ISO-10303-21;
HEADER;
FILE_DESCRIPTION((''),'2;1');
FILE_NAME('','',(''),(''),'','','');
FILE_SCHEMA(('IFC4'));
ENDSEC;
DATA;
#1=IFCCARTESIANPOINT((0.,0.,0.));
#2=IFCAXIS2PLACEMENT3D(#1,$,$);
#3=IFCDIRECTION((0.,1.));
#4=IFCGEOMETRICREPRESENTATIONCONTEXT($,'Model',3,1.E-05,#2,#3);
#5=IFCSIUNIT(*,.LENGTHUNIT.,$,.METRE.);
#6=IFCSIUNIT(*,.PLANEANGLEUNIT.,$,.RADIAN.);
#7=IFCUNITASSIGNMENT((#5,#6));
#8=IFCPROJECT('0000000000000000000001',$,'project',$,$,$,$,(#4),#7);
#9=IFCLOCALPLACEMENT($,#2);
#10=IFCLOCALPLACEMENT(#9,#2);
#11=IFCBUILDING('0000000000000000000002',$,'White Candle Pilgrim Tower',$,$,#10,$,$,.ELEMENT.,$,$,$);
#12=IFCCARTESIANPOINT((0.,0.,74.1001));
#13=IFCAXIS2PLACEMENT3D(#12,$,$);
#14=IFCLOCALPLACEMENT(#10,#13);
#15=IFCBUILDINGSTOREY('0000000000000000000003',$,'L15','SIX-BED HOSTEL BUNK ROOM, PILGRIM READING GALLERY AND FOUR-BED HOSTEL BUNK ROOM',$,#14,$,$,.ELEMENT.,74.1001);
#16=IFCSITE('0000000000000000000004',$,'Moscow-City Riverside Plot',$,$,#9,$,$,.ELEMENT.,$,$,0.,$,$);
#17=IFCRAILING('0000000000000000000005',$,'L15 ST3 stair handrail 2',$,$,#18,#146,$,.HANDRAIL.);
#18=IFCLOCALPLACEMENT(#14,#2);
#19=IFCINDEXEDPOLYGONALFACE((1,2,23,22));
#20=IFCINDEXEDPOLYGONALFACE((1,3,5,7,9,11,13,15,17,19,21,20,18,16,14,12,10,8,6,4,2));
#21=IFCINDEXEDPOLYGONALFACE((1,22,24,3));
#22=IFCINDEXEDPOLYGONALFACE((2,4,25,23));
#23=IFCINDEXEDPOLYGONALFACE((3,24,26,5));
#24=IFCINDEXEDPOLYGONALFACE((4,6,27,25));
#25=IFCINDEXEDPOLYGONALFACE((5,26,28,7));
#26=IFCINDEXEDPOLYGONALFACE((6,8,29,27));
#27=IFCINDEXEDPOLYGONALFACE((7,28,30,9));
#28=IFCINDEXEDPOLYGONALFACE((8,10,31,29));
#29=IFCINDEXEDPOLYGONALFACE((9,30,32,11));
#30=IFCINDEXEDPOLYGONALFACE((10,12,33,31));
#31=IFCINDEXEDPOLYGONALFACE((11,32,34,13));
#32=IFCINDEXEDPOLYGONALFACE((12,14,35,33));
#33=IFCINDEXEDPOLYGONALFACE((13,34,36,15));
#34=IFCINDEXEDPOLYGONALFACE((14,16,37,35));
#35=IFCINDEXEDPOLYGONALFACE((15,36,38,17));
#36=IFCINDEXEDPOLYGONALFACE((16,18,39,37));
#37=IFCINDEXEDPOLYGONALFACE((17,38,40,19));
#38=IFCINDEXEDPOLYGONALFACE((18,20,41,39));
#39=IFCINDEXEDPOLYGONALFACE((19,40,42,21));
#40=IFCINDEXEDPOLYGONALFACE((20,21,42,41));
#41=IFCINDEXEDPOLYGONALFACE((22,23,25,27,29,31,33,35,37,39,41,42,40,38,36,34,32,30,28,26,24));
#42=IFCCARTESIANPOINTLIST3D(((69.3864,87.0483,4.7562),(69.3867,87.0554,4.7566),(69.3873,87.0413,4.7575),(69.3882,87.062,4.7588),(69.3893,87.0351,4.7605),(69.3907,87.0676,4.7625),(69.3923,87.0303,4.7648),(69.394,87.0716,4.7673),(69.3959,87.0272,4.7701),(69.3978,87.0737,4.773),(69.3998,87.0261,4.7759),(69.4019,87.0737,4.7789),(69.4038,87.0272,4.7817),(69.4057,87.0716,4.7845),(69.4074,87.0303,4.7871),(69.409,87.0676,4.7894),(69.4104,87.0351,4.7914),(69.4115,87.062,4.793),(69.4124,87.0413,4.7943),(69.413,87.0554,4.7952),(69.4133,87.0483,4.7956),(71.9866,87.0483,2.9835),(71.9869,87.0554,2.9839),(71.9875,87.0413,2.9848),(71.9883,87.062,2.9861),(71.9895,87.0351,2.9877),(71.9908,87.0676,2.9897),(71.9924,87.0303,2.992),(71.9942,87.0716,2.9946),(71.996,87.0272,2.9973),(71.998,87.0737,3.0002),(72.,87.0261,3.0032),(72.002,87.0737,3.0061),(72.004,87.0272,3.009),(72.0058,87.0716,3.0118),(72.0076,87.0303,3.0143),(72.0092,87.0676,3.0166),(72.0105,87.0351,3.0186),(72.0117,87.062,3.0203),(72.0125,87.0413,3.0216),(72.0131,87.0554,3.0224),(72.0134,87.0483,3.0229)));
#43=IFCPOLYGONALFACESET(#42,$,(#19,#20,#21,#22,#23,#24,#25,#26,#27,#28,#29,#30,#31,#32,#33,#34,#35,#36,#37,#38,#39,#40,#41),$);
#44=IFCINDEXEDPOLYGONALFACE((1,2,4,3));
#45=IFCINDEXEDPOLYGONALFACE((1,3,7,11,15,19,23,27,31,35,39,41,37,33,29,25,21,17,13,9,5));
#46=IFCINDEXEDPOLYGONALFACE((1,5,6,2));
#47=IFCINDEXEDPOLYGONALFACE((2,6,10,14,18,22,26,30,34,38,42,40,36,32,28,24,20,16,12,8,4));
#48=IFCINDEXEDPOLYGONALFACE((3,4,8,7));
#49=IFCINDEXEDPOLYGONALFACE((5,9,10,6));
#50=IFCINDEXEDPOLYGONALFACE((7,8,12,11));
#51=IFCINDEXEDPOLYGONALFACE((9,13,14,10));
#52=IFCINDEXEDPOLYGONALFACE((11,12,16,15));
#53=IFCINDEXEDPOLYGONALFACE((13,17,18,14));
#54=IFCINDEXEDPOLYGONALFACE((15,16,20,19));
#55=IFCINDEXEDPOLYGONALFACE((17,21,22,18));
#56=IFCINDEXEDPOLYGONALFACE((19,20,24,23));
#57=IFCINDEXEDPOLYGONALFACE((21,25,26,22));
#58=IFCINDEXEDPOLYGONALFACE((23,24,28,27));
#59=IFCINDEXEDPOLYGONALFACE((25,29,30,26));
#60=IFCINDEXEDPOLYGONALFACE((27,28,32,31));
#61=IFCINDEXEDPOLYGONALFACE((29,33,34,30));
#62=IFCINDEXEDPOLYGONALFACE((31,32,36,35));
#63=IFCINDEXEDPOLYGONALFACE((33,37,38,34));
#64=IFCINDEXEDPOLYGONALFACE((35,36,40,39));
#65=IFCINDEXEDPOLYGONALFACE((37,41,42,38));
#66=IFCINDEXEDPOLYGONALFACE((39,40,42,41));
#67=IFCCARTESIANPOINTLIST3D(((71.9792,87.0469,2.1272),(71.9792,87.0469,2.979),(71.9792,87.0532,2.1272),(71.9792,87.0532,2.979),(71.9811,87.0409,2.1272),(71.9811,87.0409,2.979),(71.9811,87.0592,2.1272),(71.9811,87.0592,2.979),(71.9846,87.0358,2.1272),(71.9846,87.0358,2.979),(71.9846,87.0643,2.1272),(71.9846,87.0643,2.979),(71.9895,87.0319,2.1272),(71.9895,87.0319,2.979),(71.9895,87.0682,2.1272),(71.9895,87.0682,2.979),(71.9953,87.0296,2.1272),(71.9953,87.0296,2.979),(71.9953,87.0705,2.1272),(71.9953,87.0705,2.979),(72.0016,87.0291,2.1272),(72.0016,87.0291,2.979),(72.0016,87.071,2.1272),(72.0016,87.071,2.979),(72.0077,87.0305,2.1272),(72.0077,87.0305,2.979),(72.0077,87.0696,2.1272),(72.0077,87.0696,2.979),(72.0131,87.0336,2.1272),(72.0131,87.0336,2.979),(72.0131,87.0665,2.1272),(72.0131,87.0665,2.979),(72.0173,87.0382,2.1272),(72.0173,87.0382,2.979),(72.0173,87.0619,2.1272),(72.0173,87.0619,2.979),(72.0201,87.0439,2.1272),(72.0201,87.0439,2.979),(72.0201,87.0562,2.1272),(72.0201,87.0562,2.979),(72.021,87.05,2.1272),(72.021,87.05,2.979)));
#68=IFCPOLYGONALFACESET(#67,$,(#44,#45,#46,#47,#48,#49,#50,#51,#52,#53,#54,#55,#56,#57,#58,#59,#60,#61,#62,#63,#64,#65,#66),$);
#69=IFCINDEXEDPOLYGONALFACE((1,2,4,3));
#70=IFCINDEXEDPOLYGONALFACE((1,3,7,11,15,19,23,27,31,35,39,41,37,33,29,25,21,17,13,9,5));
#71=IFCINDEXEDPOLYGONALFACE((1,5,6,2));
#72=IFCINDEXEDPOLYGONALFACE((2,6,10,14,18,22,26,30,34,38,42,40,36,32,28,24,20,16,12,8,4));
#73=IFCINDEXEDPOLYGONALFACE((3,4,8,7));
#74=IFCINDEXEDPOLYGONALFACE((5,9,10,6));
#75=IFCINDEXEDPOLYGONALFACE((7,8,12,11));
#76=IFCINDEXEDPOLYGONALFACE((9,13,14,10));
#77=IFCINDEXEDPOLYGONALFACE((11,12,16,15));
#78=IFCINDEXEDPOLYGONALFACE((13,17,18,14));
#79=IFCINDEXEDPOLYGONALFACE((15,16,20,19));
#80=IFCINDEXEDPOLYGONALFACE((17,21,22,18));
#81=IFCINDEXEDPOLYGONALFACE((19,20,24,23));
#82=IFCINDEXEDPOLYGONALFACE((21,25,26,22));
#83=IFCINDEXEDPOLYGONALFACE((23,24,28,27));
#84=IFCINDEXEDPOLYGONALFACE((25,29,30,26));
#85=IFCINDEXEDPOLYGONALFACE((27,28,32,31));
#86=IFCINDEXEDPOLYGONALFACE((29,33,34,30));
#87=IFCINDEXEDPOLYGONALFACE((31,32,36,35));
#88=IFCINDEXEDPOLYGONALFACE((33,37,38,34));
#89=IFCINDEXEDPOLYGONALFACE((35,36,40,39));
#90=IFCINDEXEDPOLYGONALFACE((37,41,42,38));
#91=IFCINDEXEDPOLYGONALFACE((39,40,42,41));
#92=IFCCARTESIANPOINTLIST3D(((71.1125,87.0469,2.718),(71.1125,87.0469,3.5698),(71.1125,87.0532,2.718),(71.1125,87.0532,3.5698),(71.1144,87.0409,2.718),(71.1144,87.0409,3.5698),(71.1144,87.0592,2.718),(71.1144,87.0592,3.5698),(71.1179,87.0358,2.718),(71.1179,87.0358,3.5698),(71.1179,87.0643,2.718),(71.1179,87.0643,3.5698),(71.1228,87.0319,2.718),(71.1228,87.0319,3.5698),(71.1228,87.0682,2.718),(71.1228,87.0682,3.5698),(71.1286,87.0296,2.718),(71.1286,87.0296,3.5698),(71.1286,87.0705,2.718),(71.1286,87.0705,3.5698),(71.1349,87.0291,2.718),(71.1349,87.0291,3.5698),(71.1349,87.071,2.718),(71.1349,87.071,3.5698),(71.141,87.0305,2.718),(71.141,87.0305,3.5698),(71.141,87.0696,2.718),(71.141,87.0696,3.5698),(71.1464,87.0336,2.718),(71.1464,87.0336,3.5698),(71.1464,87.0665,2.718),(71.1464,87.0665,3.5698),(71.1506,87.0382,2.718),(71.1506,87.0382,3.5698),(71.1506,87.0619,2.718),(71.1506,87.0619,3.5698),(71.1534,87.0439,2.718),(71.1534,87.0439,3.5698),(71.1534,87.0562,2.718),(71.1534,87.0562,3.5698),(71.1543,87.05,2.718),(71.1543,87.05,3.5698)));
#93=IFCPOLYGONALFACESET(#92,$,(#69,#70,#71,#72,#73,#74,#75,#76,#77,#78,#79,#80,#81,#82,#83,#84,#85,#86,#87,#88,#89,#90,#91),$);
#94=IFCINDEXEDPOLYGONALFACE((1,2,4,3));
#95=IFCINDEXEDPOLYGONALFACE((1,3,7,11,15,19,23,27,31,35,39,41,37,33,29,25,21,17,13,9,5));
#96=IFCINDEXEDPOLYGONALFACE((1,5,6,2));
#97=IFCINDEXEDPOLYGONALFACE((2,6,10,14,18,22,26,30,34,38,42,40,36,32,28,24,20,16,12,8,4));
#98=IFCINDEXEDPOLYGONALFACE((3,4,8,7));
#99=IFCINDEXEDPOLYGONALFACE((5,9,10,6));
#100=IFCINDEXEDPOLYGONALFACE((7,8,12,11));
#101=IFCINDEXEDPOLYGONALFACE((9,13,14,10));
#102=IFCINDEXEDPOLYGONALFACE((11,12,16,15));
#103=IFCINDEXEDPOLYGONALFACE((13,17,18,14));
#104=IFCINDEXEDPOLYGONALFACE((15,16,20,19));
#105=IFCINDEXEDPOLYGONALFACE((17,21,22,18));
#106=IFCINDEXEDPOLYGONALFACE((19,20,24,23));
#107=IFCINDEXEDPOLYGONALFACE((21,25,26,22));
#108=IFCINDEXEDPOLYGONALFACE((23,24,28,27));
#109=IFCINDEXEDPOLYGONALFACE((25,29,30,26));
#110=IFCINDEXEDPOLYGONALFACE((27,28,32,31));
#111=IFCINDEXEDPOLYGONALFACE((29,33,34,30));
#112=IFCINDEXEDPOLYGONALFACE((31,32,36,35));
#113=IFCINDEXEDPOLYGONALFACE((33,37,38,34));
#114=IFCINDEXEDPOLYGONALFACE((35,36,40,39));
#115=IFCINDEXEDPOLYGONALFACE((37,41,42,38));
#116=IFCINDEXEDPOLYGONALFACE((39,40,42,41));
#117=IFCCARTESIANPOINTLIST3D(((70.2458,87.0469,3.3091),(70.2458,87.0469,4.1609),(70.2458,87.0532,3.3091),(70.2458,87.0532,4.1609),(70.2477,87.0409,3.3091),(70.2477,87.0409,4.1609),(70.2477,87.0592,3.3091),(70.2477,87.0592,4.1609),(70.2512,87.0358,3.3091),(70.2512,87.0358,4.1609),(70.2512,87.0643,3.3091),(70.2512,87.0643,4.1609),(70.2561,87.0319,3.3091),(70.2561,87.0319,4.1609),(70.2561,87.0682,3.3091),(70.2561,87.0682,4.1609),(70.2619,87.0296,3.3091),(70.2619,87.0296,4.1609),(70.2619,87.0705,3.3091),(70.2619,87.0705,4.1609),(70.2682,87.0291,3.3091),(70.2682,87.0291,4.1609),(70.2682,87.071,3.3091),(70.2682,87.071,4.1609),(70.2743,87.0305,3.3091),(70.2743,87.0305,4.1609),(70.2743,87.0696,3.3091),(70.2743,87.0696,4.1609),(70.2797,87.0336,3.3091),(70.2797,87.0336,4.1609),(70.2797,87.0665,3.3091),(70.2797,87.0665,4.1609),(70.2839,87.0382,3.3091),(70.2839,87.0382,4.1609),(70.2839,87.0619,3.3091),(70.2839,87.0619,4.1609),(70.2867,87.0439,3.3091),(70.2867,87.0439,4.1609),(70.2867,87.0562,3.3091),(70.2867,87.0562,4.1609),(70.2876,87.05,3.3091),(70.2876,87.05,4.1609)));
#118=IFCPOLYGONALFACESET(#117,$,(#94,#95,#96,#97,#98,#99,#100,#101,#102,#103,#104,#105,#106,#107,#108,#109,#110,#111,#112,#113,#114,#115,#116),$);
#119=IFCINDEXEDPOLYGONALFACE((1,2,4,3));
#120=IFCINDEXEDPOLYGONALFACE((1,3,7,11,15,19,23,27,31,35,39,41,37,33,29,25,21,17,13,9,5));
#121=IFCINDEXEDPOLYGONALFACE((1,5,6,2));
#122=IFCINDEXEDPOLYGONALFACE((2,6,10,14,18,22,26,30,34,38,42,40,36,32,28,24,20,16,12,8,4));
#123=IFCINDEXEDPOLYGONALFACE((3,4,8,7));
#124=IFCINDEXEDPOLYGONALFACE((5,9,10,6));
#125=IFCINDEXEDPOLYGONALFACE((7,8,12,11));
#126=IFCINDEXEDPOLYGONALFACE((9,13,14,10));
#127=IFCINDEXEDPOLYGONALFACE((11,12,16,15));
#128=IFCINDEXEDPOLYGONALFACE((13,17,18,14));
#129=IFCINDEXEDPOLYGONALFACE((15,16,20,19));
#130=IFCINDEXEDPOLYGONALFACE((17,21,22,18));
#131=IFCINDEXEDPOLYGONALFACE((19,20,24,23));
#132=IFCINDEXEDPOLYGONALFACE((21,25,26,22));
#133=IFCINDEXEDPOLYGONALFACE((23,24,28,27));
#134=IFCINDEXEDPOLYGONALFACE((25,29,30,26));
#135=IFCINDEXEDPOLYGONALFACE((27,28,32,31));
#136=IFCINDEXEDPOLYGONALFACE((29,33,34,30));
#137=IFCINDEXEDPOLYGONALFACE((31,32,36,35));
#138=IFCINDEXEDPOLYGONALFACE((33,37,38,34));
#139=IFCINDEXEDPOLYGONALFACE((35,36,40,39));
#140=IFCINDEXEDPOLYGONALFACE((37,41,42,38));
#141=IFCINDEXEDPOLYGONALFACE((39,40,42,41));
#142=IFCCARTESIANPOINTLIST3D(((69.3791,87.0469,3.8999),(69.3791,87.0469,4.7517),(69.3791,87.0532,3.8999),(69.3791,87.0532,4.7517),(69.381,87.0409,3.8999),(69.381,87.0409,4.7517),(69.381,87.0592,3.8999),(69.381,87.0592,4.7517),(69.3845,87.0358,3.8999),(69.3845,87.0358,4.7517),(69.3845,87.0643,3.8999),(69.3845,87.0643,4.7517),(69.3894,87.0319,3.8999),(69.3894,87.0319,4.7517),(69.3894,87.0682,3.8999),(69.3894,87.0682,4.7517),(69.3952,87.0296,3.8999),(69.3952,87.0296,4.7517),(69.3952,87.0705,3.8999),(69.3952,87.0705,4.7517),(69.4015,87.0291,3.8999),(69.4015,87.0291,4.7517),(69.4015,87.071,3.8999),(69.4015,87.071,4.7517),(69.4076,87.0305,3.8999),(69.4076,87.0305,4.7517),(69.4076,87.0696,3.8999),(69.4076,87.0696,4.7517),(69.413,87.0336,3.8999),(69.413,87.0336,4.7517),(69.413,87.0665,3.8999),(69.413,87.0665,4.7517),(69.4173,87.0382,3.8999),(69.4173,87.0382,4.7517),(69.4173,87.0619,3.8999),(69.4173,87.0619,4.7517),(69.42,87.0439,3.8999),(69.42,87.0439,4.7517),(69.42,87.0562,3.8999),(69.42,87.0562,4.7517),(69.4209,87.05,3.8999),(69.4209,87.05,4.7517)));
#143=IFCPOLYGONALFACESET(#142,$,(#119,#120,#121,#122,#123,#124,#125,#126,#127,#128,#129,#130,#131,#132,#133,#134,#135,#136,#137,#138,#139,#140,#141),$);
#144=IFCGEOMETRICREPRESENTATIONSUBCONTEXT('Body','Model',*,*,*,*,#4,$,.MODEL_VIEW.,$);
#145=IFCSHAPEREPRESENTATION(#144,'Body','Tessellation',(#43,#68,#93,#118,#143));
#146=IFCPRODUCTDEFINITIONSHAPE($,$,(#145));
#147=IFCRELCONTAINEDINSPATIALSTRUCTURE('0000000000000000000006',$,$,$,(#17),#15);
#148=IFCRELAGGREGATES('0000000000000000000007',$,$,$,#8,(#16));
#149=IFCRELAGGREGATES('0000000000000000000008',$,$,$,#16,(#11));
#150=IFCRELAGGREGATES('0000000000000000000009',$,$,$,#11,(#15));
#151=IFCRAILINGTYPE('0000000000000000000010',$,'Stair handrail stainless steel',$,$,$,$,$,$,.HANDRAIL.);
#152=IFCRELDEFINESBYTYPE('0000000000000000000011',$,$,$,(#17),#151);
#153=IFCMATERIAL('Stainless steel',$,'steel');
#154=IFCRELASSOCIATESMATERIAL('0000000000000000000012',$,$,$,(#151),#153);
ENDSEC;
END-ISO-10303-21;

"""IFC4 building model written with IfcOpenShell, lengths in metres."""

from ifc_helpers import new_model, si_unit, direction, frame, origin, origin_2d, place, context, subcontext, project, spatial, circle, extrude, material, type_object, element, save


model = new_model("IFC4")

# Units and contexts
model_context = context("Model", 3, precision=1e-05, world=origin(), true_north=direction((0.0, 1.0)))
body_context = subcontext(model_context, "Body", "Model", "MODEL_VIEW")
ifc_project = project(units=[si_unit("LENGTHUNIT", "METRE"), si_unit("PLANEANGLEUNIT", "RADIAN")], contexts=[model_context])

# Site, building, storey
site_placement = place(None, origin())
site = spatial("IfcSite", under=ifc_project, at=site_placement, Name="Moscow-City Riverside Plot", CompositionType="ELEMENT", RefElevation=0.0)
building_placement = place(site_placement, origin())
building = spatial("IfcBuilding", under=site, at=building_placement, Name="White Candle Pilgrim Tower", CompositionType="ELEMENT")
storey_placement = place(building_placement, frame((0.0, 0.0, 74.1001)))
storey = spatial("IfcBuildingStorey", under=building, at=storey_placement, Name="L15", Description="SIX-BED HOSTEL BUNK ROOM, PILGRIM READING GALLERY AND FOUR-BED HOSTEL BUNK ROOM", CompositionType="ELEMENT", Elevation=74.1001)

# Railing
ifc_material_1 = material(Name="Stainless steel", Category="steel")
railing_type_1 = type_object("IfcRailingType", Name="Stair handrail stainless steel", PredefinedType="HANDRAIL", material=ifc_material_1)
railing_1_placement = place(storey_placement, frame((72.0, 87.05, 2.1272)))
element("IfcRailing", 1, at=railing_1_placement, inside=storey, type_object=railing_type_1, Name="L15 ST3 stair handrail 2", PredefinedType="HANDRAIL", context=body_context, shape_type="SweptSolid", body=[
    extrude(circle(Radius=0.0239, at=origin_2d()), frame((0.0, 0.0, 0.876), z_axis=(-0.82624, 0.0, 0.563318), x_axis=(0.0, -1.0, 0.0)), (0.0, 0.0, 1.0), 3.147),
    extrude(circle(Radius=0.021, at=origin_2d()), origin(), (0.0, 0.0, 1.0), 0.8518),
    extrude(circle(Radius=0.021, at=origin_2d()), frame((-0.8667, 0.0, 0.5908)), (0.0, 0.0, 1.0), 0.8518),
    extrude(circle(Radius=0.021, at=origin_2d()), frame((-1.7334, 0.0, 1.1819)), (0.0, 0.0, 1.0), 0.8518),
    extrude(circle(Radius=0.021, at=origin_2d()), frame((-2.6001, 0.0, 1.7727)), (0.0, 0.0, 1.0), 0.8518),
])

save(model, "model.ifc")
